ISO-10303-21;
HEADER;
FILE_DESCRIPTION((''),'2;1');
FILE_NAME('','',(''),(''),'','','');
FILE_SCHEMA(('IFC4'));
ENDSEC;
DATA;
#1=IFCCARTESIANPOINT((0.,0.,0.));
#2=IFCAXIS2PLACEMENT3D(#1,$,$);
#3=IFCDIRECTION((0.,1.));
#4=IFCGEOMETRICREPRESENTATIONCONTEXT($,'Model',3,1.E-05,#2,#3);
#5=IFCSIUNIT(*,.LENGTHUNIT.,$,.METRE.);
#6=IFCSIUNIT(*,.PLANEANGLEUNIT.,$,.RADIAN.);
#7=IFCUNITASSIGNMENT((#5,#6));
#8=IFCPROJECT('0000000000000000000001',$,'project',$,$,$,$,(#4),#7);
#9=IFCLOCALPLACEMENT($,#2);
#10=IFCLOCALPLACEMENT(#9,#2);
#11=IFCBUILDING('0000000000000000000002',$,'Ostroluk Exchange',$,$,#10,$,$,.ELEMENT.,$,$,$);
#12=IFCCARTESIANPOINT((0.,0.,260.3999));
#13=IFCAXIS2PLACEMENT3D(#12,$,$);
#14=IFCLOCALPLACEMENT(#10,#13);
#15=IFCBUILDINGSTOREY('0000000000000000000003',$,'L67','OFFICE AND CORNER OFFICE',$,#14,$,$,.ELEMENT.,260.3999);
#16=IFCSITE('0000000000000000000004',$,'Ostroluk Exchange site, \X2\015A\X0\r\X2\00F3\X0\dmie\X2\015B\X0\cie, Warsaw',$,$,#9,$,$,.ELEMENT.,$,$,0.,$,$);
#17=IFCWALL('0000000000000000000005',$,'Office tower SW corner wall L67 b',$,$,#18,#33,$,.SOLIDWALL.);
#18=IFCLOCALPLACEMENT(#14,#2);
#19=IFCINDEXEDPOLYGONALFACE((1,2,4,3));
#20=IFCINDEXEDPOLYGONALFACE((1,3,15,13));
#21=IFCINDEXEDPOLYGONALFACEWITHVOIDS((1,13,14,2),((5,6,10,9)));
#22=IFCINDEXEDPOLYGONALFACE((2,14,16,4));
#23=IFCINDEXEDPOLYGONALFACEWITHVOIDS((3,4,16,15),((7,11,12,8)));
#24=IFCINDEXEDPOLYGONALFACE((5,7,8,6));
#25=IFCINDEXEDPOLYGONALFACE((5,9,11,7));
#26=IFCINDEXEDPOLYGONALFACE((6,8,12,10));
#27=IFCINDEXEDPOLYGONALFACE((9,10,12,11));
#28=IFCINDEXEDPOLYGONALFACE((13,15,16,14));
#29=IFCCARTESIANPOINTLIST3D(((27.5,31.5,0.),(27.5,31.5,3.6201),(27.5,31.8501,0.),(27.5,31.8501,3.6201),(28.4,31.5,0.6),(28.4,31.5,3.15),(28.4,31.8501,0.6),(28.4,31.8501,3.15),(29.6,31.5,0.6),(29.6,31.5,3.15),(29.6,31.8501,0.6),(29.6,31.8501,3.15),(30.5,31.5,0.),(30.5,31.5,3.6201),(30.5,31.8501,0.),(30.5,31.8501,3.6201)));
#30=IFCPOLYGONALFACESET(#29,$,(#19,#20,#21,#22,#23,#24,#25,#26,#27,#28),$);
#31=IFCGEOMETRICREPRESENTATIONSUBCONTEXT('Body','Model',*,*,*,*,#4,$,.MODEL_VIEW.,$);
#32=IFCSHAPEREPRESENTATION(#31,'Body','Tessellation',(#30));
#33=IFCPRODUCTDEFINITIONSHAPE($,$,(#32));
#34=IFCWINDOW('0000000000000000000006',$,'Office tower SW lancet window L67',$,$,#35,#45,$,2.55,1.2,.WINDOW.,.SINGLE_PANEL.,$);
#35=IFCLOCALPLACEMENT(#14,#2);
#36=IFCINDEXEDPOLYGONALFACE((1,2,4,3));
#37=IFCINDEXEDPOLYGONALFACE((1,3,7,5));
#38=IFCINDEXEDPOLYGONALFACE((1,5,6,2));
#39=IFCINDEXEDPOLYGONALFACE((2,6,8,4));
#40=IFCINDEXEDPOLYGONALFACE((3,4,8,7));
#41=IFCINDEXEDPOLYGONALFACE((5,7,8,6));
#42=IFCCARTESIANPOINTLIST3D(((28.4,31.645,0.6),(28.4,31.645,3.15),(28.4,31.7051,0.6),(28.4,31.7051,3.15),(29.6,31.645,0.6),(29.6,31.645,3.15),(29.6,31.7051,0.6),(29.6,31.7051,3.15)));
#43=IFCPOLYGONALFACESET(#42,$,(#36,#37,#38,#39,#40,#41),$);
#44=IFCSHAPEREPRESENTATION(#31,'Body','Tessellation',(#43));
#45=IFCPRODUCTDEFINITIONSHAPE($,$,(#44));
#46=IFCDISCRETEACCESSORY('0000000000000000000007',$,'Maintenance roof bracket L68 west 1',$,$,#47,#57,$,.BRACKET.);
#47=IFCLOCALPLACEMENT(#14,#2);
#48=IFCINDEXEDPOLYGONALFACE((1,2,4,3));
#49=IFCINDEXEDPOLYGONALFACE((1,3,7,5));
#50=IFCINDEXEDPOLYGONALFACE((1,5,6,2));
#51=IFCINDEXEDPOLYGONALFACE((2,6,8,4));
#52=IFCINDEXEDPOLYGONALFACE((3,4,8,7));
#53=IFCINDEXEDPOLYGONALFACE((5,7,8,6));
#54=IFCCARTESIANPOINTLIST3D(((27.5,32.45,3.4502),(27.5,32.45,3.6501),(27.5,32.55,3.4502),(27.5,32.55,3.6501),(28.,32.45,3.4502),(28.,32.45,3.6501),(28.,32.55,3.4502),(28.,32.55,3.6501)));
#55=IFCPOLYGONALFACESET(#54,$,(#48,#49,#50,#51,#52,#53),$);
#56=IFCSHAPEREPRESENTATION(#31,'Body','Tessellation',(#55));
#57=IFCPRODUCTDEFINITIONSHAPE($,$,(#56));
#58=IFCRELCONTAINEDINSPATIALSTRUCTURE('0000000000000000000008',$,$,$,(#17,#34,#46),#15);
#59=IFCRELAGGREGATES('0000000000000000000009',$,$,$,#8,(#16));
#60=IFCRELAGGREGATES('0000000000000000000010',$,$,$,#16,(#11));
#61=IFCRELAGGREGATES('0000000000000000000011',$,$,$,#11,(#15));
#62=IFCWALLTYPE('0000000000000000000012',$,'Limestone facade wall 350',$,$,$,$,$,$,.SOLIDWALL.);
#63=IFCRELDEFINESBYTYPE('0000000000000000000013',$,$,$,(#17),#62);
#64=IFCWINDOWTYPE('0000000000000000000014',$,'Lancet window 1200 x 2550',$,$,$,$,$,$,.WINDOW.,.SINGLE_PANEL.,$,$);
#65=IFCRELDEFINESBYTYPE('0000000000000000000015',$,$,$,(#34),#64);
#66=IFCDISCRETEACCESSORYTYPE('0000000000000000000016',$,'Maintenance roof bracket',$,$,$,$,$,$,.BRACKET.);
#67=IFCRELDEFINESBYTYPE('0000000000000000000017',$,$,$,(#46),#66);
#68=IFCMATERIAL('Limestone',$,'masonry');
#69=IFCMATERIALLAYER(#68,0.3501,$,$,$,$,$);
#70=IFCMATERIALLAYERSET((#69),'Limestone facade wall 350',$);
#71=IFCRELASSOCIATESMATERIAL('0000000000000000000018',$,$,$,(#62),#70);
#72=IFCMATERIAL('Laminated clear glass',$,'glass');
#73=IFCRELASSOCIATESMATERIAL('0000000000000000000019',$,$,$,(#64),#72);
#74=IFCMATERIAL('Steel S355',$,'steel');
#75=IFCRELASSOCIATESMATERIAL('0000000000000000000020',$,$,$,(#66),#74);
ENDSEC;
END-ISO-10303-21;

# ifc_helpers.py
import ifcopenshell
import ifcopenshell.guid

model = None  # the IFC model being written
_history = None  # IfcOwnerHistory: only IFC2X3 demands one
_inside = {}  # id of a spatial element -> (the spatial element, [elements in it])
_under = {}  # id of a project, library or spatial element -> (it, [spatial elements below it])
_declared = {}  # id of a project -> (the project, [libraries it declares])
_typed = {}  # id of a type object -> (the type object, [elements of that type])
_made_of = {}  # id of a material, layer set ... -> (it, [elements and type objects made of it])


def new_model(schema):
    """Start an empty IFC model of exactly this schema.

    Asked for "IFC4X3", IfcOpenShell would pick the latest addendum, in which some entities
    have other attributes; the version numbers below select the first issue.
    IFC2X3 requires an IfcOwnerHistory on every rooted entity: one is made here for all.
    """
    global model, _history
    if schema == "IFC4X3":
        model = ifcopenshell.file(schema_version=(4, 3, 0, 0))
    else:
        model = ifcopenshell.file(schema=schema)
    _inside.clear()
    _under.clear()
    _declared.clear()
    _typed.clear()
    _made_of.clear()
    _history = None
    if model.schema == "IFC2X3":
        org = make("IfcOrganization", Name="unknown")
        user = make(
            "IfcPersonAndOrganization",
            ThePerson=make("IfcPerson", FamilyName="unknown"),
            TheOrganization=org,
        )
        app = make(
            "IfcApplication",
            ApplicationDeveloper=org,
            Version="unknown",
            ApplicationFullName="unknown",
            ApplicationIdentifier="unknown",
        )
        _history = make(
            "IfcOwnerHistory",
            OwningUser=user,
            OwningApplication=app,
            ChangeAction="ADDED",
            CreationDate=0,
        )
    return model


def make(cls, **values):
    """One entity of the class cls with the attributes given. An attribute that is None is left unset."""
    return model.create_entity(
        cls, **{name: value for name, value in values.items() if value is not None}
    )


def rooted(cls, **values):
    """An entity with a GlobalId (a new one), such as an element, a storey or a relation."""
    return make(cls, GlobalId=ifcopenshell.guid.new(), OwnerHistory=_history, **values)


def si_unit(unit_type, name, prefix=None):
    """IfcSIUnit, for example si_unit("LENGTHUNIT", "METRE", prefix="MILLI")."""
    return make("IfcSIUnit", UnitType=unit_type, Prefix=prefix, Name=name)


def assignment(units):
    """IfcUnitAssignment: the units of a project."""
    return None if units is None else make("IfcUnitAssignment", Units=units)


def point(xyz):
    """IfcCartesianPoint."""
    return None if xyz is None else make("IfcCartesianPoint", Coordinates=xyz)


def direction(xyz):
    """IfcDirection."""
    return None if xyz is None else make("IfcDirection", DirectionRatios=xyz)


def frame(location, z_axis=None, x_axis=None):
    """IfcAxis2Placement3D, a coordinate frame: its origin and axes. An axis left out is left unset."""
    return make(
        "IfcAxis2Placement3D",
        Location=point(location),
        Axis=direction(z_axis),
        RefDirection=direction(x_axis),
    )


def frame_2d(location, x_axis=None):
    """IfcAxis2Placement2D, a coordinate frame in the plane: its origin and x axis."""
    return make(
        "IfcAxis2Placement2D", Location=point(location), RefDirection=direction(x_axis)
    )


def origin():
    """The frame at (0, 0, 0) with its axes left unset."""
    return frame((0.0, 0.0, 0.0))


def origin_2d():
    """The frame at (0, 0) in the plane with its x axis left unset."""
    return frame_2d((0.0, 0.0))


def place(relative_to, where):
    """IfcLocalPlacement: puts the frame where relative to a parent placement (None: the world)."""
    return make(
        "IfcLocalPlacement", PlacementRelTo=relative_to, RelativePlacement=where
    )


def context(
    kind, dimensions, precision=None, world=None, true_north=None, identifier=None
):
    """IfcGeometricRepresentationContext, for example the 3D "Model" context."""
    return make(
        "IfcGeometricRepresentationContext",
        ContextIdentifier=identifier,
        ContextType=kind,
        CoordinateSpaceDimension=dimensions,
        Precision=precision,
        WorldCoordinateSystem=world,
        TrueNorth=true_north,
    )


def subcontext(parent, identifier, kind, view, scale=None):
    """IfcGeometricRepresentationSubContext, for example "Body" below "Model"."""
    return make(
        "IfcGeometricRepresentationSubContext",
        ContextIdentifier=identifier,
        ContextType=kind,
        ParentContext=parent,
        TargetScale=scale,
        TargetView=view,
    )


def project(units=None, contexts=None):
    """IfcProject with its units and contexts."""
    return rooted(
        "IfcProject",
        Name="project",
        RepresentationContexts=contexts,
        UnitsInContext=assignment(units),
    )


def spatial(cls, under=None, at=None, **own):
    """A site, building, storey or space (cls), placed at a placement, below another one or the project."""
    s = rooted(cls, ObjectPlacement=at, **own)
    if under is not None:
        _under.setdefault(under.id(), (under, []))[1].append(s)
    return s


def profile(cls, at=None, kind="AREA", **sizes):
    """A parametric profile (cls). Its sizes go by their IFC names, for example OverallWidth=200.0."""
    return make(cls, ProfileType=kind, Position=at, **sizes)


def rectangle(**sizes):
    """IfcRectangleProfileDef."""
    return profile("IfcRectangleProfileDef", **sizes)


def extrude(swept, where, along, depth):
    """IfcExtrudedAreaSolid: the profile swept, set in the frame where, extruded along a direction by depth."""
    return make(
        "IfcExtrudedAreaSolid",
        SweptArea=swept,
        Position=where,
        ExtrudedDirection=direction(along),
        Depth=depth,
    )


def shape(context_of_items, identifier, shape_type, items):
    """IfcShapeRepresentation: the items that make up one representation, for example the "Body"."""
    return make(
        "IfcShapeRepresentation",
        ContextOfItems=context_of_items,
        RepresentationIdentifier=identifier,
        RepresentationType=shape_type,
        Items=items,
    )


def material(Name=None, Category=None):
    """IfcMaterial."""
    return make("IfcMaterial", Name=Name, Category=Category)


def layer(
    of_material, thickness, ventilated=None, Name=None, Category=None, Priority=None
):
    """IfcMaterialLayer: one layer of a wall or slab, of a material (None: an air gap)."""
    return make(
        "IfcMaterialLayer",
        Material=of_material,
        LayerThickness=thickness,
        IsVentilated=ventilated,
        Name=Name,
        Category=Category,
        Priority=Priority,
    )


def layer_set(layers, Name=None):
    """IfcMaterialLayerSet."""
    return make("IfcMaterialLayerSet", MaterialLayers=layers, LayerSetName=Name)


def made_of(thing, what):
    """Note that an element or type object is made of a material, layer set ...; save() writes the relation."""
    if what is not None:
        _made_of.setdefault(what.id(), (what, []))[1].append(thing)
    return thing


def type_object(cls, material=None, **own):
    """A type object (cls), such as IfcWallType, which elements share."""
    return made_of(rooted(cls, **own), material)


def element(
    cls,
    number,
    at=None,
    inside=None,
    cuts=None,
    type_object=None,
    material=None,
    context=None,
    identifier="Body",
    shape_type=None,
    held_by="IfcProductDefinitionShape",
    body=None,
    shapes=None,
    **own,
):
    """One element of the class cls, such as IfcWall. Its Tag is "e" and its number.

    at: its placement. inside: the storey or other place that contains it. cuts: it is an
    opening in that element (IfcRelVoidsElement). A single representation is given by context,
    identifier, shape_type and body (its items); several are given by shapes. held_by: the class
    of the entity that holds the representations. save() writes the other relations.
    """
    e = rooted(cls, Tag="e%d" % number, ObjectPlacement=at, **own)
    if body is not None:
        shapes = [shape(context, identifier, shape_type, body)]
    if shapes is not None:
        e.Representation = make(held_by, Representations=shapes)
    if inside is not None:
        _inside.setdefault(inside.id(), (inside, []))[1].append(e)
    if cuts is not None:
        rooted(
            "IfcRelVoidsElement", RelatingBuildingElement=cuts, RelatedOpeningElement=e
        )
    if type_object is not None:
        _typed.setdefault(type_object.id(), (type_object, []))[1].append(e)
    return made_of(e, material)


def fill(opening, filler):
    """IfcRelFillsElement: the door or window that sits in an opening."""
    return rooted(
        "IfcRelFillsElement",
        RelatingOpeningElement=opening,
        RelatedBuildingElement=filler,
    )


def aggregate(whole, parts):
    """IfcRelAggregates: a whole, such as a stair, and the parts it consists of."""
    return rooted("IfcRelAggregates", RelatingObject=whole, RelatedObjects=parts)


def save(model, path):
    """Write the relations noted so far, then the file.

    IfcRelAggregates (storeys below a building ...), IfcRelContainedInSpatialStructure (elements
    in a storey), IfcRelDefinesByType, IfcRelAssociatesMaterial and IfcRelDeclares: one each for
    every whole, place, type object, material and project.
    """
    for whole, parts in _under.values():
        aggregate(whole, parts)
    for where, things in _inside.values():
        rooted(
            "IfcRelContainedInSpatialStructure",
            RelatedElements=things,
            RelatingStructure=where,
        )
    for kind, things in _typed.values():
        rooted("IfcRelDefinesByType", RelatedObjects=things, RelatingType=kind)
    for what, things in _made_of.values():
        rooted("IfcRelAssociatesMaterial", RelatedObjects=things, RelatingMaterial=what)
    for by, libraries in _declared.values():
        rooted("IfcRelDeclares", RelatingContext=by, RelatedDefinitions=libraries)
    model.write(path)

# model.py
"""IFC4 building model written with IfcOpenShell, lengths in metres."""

from ifc_helpers import new_model, si_unit, direction, frame, frame_2d, origin, origin_2d, place, context, subcontext, project, spatial, rectangle, extrude, material, layer, layer_set, type_object, element, fill, save


model = new_model("IFC4")

# Units and contexts
model_context = context("Model", 3, precision=1e-05, world=origin(), true_north=direction((0.0, 1.0)))
body_context = subcontext(model_context, "Body", "Model", "MODEL_VIEW")
ifc_project = project(units=[si_unit("LENGTHUNIT", "METRE"), si_unit("PLANEANGLEUNIT", "RADIAN")], contexts=[model_context])

# Site, building, storey
site_placement = place(None, origin())
site = spatial("IfcSite", under=ifc_project, at=site_placement, Name="Ostroluk Exchange site, Śródmieście, Warsaw", CompositionType="ELEMENT", RefElevation=0.0)
building_placement = place(site_placement, origin())
building = spatial("IfcBuilding", under=site, at=building_placement, Name="Ostroluk Exchange", CompositionType="ELEMENT")
storey_placement = place(building_placement, frame((0.0, 0.0, 260.3999)))
storey = spatial("IfcBuildingStorey", under=building, at=storey_placement, Name="L67", Description="OFFICE AND CORNER OFFICE", CompositionType="ELEMENT", Elevation=260.3999)

# Shared definitions
ifc_material_1 = material(Name="Limestone", Category="masonry")
ifc_layer_1 = layer(ifc_material_1, 0.3501)
ifc_layer_set_1 = layer_set([ifc_layer_1], Name="Limestone facade wall 350")
wall_type = type_object("IfcWallType", Name="Limestone facade wall 350", PredefinedType="SOLIDWALL", material=ifc_layer_set_1)

# Wall, opening, window
wall_1_placement = place(storey_placement, frame((30.5, 31.675, 0.0), z_axis=(0.0, 0.0, 1.0), x_axis=(-1.0, 0.0, 0.0)))
wall_1 = element("IfcWall", 1, at=wall_1_placement, inside=storey, type_object=wall_type, Name="Office tower SW corner wall L67 b", PredefinedType="SOLIDWALL", context=body_context, shape_type="SweptSolid", body=[
    extrude(rectangle(XDim=3.0, YDim=0.3501, at=frame_2d((1.5, 0.0))), origin(), (0.0, 0.0, 1.0), 3.6201),
])
opening_1_placement = place(wall_1_placement, frame((0.8999, 0.0, 0.6001)))
opening_1 = element("IfcOpeningElement", 2, at=opening_1_placement, cuts=wall_1, PredefinedType="OPENING", context=body_context, shape_type="SweptSolid", body=[
    extrude(rectangle(XDim=1.2, YDim=2.55, at=frame_2d((0.6001, 1.2749))), frame((0.0, 0.1851, 0.0), z_axis=(0.0, -1.0, 0.0), x_axis=(1.0, 0.0, 0.0)), (0.0, 0.0, 1.0), 0.3701),
])
ifc_material_2 = material(Name="Laminated clear glass", Category="glass")
window_type = type_object("IfcWindowType", Name="Lancet window 1200 x 2550", PartitioningType="SINGLE_PANEL", PredefinedType="WINDOW", material=ifc_material_2)
window_placement = place(opening_1_placement, origin())
window = element("IfcWindow", 3, at=window_placement, inside=storey, type_object=window_type, Name="Office tower SW lancet window L67", OverallHeight=2.55, OverallWidth=1.2, PartitioningType="SINGLE_PANEL", PredefinedType="WINDOW", context=body_context, shape_type="SweptSolid", body=[
    extrude(rectangle(XDim=1.2, YDim=2.55, at=frame_2d((0.6001, 1.2749))), frame((0.0, 0.03, 0.0), z_axis=(0.0, -1.0, 0.0), x_axis=(1.0, 0.0, 0.0)), (0.0, 0.0, 1.0), 0.0601),
])
fill(opening_1, window)

# Discrete accessory
ifc_material_3 = material(Name="Steel S355", Category="steel")
discrete_accessory_type = type_object("IfcDiscreteAccessoryType", Name="Maintenance roof bracket", PredefinedType="BRACKET", material=ifc_material_3)
discrete_accessory_placement = place(storey_placement, frame((27.75, 32.5, 3.4502), z_axis=(0.0, 0.0, 1.0), x_axis=(1.0, 0.0, 0.0)))
element("IfcDiscreteAccessory", 4, at=discrete_accessory_placement, inside=storey, type_object=discrete_accessory_type, Name="Maintenance roof bracket L68 west 1", PredefinedType="BRACKET", context=body_context, shape_type="SweptSolid", body=[
    extrude(rectangle(XDim=0.5, YDim=0.1001, at=origin_2d()), origin(), (0.0, 0.0, 1.0), 0.2),
])

save(model, "model.ifc")
